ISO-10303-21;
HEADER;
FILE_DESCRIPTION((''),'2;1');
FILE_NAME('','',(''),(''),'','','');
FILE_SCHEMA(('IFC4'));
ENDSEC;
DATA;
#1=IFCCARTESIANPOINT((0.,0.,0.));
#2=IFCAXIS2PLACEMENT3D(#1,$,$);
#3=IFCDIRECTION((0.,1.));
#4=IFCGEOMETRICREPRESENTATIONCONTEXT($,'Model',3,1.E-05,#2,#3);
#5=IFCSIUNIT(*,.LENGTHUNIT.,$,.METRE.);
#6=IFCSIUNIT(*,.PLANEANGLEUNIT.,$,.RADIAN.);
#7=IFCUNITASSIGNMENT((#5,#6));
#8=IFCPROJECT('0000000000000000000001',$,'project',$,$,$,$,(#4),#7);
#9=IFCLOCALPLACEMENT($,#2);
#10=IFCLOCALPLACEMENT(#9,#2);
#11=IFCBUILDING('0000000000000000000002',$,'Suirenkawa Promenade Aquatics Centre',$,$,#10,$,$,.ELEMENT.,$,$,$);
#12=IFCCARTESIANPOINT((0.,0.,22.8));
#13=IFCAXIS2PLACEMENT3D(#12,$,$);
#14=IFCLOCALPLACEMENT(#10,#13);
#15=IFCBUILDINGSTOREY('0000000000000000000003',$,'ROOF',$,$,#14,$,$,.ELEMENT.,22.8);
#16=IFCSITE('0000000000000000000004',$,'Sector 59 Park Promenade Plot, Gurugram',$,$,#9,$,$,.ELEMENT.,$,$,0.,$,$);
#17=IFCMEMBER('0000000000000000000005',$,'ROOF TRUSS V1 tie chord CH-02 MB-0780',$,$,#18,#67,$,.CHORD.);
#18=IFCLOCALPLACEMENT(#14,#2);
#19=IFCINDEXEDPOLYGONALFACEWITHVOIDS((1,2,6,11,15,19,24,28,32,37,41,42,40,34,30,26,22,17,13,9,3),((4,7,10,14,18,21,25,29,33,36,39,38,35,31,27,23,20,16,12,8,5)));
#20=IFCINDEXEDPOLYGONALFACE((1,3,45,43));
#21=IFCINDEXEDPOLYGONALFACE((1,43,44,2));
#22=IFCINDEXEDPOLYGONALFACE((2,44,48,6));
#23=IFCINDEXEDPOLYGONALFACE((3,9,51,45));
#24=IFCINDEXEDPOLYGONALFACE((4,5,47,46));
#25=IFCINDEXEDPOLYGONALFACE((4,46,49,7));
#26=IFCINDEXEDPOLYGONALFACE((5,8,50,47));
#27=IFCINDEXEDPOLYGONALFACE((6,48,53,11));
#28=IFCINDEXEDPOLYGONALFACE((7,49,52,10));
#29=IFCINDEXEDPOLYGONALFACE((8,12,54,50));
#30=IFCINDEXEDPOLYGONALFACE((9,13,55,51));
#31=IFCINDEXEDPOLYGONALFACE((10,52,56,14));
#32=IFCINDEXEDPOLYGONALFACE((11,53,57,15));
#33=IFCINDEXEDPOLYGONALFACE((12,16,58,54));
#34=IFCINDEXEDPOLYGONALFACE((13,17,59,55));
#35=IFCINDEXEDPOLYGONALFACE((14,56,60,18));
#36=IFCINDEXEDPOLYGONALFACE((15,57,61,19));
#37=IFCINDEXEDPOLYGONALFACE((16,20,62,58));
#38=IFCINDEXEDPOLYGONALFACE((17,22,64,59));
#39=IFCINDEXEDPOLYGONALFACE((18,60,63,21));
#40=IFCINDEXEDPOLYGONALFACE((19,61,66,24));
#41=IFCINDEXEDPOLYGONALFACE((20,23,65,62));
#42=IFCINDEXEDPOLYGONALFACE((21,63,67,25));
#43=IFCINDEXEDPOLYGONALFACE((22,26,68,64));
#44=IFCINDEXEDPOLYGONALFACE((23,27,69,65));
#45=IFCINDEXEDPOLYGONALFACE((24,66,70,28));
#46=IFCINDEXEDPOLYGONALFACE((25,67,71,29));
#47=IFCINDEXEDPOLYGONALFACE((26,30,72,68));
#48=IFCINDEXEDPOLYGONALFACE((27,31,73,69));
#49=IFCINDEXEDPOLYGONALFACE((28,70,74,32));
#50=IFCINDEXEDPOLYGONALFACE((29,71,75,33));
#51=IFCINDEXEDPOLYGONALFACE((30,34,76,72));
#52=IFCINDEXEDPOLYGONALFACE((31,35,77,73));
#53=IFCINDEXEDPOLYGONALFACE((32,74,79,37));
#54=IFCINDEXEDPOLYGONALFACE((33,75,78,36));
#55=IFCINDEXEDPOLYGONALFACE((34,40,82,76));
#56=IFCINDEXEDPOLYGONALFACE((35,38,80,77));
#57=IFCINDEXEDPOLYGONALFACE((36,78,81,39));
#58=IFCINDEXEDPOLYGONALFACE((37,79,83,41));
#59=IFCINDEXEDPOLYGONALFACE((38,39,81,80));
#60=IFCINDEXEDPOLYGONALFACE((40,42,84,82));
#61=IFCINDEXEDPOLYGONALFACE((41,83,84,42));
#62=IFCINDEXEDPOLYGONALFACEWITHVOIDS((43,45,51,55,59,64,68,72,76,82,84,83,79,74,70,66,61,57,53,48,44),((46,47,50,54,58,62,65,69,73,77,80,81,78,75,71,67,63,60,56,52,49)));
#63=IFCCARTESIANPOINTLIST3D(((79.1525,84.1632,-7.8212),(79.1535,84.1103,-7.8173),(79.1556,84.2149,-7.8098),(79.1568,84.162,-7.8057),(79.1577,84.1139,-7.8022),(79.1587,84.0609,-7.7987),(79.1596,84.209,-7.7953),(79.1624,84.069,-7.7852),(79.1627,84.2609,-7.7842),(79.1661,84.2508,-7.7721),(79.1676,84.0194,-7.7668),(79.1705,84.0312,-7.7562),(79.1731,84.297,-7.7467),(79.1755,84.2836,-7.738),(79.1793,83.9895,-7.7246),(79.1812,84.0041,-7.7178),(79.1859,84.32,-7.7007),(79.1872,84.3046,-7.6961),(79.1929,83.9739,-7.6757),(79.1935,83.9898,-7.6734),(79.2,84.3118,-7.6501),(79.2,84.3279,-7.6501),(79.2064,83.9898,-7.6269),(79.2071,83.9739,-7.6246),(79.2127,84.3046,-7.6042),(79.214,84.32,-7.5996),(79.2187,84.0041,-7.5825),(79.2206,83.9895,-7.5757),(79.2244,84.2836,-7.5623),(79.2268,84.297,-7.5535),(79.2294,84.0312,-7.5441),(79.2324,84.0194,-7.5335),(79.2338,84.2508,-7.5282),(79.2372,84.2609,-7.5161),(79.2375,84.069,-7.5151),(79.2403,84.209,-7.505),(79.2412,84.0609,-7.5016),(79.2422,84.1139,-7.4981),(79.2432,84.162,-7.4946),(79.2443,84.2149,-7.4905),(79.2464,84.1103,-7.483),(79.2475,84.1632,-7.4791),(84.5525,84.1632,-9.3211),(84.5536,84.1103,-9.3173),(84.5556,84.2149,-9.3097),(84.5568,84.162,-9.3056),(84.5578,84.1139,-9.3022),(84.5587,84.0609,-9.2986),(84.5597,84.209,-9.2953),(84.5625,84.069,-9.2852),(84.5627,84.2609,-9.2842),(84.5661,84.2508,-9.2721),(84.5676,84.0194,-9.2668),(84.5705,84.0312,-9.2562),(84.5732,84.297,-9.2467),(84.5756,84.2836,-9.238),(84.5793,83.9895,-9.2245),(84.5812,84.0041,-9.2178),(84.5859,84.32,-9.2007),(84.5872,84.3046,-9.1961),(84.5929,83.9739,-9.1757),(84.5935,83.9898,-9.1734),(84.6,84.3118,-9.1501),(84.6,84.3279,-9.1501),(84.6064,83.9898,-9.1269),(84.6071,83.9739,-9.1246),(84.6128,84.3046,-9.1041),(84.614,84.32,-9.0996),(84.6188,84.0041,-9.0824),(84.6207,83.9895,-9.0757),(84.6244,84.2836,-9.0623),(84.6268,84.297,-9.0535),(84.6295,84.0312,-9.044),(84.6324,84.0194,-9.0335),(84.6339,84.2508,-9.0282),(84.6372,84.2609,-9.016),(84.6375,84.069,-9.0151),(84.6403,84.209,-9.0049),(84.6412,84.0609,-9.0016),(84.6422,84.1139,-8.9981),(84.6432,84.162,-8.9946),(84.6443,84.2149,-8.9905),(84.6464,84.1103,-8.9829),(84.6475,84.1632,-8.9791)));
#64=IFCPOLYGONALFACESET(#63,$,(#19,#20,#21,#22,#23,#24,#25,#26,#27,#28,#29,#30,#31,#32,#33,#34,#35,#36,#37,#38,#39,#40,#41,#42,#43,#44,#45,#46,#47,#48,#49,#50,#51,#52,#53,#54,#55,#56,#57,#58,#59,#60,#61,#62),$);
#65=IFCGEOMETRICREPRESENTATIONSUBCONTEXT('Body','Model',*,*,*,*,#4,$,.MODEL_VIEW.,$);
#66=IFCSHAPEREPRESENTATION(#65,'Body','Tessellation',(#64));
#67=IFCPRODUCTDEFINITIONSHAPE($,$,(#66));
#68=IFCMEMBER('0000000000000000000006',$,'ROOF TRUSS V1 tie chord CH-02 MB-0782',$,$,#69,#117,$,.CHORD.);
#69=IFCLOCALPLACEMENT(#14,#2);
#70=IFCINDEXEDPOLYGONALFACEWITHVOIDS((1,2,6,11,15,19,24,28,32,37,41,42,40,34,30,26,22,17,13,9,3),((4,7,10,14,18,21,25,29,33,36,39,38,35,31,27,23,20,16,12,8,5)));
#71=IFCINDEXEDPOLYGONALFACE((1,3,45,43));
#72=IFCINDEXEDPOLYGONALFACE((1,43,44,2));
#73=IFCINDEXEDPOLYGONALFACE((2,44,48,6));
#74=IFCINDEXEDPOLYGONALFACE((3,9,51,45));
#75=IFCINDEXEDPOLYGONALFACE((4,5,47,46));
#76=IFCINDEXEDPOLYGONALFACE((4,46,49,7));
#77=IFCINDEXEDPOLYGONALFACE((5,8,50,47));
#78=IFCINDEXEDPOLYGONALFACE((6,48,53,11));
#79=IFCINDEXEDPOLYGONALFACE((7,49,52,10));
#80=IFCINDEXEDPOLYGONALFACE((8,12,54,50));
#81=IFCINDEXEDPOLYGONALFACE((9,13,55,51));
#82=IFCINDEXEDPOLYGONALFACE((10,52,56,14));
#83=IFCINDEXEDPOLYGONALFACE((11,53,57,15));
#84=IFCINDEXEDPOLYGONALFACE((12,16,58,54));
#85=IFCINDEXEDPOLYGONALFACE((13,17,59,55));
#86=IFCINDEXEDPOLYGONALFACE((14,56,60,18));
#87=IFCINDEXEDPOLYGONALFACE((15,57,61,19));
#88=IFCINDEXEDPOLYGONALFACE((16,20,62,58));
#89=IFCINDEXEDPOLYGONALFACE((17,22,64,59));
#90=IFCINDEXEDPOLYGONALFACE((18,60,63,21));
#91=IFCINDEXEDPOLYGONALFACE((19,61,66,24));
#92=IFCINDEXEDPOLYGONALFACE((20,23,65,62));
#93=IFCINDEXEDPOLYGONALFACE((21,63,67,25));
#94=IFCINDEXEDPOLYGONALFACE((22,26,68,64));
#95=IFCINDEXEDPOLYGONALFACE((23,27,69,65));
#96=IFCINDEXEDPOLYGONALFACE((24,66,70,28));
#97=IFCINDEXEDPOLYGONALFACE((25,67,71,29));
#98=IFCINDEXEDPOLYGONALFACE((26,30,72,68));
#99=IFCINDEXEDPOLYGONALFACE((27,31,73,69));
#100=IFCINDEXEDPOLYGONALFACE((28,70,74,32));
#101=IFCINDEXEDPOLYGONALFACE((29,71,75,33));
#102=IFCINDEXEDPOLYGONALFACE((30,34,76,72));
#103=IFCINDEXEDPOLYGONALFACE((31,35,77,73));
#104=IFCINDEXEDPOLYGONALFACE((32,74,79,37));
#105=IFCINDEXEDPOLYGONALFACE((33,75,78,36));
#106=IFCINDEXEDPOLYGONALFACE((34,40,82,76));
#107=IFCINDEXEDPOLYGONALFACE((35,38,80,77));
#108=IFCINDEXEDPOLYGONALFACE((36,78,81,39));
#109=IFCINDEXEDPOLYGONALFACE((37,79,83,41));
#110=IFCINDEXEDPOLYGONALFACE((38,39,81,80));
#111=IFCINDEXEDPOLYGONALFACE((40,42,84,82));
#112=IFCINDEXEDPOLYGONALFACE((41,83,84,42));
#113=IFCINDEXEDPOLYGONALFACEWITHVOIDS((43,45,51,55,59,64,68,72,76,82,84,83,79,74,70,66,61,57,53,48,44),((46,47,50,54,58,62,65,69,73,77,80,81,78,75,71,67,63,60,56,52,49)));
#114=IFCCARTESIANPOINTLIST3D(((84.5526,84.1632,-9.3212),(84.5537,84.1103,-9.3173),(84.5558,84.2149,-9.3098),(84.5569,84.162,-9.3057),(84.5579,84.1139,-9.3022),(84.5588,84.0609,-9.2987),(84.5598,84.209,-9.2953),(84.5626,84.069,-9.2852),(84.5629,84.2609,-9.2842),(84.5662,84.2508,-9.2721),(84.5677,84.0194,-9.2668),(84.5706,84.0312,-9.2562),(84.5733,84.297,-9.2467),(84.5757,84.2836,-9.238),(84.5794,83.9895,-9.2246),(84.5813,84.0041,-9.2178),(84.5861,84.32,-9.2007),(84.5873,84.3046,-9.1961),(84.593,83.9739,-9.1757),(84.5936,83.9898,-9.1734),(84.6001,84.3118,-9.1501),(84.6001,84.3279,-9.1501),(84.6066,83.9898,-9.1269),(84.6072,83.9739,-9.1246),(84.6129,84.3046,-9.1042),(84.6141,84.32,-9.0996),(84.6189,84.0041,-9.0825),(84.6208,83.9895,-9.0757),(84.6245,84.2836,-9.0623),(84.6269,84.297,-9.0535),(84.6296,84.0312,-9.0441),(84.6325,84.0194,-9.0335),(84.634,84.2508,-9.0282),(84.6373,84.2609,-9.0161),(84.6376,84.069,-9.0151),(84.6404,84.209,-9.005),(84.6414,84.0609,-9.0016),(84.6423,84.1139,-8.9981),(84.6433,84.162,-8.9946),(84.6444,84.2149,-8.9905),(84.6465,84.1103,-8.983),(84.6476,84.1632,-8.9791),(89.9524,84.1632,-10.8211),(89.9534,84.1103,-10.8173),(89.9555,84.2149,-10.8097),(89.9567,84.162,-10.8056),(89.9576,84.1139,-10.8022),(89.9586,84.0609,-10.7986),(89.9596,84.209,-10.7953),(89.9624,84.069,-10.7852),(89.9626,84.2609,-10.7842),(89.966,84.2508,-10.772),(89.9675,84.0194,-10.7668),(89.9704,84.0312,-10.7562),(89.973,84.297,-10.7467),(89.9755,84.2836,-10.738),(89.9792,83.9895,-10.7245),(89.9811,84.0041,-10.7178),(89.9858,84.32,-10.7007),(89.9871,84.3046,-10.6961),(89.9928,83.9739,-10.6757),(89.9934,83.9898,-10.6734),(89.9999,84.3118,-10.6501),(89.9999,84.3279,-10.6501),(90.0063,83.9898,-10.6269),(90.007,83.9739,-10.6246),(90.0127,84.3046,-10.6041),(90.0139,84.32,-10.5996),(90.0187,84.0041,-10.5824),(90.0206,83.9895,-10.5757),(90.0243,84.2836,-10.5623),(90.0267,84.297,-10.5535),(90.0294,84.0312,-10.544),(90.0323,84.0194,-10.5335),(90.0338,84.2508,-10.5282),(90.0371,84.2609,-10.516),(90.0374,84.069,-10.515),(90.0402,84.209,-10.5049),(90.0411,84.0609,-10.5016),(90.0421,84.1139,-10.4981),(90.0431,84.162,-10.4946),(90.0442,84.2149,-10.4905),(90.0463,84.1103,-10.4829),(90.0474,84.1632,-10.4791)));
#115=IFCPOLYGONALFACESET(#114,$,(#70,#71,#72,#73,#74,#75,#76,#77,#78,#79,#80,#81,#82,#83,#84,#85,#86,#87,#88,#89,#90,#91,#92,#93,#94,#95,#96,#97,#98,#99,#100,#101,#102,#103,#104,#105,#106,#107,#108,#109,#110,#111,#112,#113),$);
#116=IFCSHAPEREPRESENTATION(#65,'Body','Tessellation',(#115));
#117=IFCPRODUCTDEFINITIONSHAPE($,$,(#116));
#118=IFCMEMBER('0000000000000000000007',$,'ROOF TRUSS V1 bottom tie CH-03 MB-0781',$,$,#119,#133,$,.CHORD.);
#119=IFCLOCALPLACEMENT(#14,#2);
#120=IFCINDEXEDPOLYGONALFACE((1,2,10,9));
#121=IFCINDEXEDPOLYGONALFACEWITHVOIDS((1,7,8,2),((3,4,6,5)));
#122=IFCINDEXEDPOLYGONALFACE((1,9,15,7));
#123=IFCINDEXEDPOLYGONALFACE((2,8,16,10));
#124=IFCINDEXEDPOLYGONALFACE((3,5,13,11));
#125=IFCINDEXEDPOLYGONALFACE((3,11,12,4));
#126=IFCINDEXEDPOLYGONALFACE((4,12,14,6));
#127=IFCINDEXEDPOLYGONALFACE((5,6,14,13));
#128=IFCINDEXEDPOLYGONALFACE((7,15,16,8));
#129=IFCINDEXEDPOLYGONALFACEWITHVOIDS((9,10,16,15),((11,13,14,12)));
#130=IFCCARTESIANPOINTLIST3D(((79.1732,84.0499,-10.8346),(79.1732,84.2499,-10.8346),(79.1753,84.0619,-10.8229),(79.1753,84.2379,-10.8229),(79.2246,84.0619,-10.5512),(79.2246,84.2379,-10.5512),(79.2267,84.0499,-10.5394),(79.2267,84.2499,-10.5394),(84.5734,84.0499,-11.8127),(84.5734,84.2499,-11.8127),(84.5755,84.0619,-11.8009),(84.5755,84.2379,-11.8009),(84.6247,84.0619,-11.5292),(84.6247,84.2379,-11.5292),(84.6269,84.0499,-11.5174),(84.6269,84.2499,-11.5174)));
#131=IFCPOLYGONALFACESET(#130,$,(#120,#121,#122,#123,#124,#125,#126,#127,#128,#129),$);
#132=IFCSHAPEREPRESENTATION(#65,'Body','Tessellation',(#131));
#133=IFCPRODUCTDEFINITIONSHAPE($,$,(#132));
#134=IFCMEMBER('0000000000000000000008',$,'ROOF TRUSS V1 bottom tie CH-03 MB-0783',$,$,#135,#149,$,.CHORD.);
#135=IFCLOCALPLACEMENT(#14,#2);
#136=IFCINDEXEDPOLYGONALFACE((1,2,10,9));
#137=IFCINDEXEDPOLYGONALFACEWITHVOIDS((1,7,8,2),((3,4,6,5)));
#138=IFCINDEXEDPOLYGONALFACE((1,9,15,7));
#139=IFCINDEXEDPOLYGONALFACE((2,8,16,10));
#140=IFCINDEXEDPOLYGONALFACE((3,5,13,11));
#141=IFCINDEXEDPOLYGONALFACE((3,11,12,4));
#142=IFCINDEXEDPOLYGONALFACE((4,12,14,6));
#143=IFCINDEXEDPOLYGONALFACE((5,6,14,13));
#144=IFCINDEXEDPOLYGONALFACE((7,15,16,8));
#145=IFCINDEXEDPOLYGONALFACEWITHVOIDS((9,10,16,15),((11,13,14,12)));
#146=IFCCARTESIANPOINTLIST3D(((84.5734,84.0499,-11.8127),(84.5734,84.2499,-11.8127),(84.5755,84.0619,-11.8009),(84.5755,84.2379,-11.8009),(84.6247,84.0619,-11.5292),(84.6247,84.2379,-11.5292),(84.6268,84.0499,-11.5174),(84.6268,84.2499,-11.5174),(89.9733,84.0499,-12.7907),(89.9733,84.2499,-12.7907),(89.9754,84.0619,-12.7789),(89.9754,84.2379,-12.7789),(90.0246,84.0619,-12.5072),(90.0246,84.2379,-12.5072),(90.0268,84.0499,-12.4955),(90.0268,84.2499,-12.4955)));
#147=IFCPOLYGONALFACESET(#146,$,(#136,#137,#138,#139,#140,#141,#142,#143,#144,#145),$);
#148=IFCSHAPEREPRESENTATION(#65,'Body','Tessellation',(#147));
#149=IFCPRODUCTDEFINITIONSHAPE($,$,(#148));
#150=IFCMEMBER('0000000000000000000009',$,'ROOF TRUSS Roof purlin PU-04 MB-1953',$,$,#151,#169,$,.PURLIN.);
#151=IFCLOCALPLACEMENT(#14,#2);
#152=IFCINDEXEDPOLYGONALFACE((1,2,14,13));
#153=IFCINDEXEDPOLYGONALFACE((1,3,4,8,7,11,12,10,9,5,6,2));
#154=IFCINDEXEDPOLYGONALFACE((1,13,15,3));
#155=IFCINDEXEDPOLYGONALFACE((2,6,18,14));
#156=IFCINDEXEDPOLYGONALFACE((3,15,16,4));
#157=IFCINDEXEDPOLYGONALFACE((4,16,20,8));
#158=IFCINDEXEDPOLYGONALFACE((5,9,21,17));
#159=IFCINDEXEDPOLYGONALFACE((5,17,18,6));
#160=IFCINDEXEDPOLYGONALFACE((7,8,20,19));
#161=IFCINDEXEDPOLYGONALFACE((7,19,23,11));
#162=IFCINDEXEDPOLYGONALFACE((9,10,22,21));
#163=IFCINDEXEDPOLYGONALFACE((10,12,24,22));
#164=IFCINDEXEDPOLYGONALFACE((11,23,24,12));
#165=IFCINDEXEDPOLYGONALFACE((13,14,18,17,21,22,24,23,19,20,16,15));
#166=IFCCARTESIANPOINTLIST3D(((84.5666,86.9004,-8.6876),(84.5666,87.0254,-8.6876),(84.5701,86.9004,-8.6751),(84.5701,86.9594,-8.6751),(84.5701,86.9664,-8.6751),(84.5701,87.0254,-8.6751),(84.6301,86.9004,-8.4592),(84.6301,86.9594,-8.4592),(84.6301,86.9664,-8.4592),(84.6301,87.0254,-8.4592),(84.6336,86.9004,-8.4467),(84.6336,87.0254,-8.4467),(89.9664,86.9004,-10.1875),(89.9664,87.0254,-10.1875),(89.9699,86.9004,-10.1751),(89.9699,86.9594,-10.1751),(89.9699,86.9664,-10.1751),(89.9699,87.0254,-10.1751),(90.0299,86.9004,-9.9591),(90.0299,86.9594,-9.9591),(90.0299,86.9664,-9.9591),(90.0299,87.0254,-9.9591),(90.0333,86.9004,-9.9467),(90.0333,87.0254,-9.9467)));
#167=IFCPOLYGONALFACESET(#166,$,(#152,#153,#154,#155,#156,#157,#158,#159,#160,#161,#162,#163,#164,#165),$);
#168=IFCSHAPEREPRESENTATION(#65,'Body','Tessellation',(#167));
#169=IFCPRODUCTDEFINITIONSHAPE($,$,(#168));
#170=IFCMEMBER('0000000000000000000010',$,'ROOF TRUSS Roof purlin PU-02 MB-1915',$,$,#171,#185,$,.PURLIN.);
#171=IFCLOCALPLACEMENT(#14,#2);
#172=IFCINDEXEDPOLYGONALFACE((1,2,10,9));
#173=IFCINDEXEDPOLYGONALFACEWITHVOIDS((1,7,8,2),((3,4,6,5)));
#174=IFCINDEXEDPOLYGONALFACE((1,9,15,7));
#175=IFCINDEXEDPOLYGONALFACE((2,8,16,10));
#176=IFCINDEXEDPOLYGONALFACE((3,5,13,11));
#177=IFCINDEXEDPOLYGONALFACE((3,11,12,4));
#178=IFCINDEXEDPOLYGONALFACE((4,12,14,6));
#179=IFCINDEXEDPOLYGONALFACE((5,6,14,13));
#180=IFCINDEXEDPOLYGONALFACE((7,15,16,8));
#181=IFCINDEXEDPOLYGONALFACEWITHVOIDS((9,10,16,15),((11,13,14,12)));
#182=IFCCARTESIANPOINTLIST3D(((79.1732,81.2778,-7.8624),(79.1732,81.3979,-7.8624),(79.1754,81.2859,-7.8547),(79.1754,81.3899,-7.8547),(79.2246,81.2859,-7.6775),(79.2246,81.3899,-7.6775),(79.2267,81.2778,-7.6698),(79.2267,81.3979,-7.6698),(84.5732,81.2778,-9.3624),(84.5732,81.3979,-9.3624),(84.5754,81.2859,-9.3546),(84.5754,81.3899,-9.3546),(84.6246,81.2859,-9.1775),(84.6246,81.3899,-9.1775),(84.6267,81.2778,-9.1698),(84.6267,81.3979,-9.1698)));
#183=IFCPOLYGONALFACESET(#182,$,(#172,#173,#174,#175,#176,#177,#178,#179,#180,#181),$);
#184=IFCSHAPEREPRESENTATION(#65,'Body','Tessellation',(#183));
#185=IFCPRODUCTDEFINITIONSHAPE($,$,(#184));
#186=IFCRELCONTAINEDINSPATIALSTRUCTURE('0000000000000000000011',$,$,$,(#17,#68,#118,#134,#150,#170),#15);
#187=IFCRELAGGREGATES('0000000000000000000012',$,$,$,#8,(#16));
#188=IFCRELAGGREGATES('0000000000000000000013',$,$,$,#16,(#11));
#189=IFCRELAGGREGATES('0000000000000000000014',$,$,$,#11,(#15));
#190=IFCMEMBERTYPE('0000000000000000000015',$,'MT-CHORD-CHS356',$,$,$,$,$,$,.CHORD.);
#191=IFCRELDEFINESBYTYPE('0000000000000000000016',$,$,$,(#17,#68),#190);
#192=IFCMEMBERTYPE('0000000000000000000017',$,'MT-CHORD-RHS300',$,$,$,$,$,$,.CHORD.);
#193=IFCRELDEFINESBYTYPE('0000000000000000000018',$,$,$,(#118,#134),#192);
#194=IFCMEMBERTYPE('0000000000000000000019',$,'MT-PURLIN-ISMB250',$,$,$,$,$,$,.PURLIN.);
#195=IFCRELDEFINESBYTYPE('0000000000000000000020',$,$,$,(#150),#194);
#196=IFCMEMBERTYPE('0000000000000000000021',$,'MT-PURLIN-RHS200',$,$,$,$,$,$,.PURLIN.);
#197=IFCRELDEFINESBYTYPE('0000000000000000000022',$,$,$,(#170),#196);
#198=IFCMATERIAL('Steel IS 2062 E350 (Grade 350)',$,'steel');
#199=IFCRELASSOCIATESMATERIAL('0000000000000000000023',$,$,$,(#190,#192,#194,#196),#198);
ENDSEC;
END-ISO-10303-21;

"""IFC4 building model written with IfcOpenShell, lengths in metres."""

from ifc_helpers import new_model, si_unit, direction, frame, origin, origin_2d, place, context, subcontext, project, spatial, hollow_rectangle, hollow_circle, i_section, extrude, material, material_profile, profile_set, type_object, element, save


model = new_model("IFC4")

# Units and contexts
model_context = context("Model", 3, precision=1e-05, world=origin(), true_north=direction((0.0, 1.0)))
body_context = subcontext(model_context, "Body", "Model", "MODEL_VIEW")
ifc_project = project(units=[si_unit("LENGTHUNIT", "METRE"), si_unit("PLANEANGLEUNIT", "RADIAN")], contexts=[model_context])

# Site, building, storey
site_placement = place(None, origin())
site = spatial("IfcSite", under=ifc_project, at=site_placement, Name="Sector 59 Park Promenade Plot, Gurugram", CompositionType="ELEMENT", RefElevation=0.0)
building_placement = place(site_placement, origin())
building = spatial("IfcBuilding", under=site, at=building_placement, Name="Suirenkawa Promenade Aquatics Centre", CompositionType="ELEMENT")
storey_placement = place(building_placement, frame((0.0, 0.0, 22.8)))
storey = spatial("IfcBuildingStorey", under=building, at=storey_placement, Name="ROOF", CompositionType="ELEMENT", Elevation=22.8)

# Shared definitions
ifc_material = material(Name="Steel IS 2062 E350 (Grade 350)", Category="steel")

# Members
ifc_material_profile_1 = material_profile(ifc_material, hollow_circle(Radius=0.178, WallThickness=0.0161, at=origin_2d()), Name="CHS 356x16", Category="steel")
ifc_profile_set_1 = profile_set([ifc_material_profile_1], Name="Steel IS 2062 E350 (Grade 350)")
member_type_1 = type_object("IfcMemberType", Name="MT-CHORD-CHS356", PredefinedType="CHORD", material=ifc_profile_set_1)
member_1_placement = place(storey_placement, frame((79.2, 84.1499, -7.6501), z_axis=(0.96352, 0.0, -0.267637), x_axis=(0.0, 1.0, 0.0)))
element("IfcMember", 1, at=member_1_placement, inside=storey, type_object=member_type_1, Name="ROOF TRUSS V1 tie chord CH-02 MB-0780", PredefinedType="CHORD", context=body_context, shape_type="SweptSolid", body=[
    extrude(hollow_circle(Radius=0.178, WallThickness=0.0161, at=origin_2d()), origin(), (0.0, 0.0, 1.0), 5.6045),
])
member_2_placement = place(storey_placement, frame((84.6001, 84.1499, -9.1501), z_axis=(0.963517, 0.0, -0.267648), x_axis=(0.0, 1.0, 0.0)))
element("IfcMember", 2, at=member_2_placement, inside=storey, type_object=member_type_1, Name="ROOF TRUSS V1 tie chord CH-02 MB-0782", PredefinedType="CHORD", context=body_context, shape_type="SweptSolid", body=[
    extrude(hollow_circle(Radius=0.178, WallThickness=0.0161, at=origin_2d()), origin(), (0.0, 0.0, 1.0), 5.6042),
])
ifc_material_profile_2 = material_profile(ifc_material, hollow_rectangle(XDim=0.2, YDim=0.3, WallThickness=0.012, at=origin_2d()), Name="RHS 300x200x12", Category="steel")
ifc_profile_set_2 = profile_set([ifc_material_profile_2], Name="Steel IS 2062 E350 (Grade 350)")
member_type_2 = type_object("IfcMemberType", Name="MT-CHORD-RHS300", PredefinedType="CHORD", material=ifc_profile_set_2)
member_3_placement = place(storey_placement, frame((79.2, 84.1499, -10.687), z_axis=(0.983992, 0.0, -0.178212), x_axis=(0.0, 1.0, 0.0)))
element("IfcMember", 3, at=member_3_placement, inside=storey, type_object=member_type_2, Name="ROOF TRUSS V1 bottom tie CH-03 MB-0781", PredefinedType="CHORD", context=body_context, shape_type="SweptSolid", body=[
    extrude(hollow_rectangle(XDim=0.2, YDim=0.3, WallThickness=0.012, at=origin_2d()), origin(), (0.0, 0.0, 1.0), 5.488),
])
member_4_placement = place(storey_placement, frame((84.6001, 84.1499, -11.665), z_axis=(0.983991, 0.0, -0.17822), x_axis=(0.0, 1.0, 0.0)))
element("IfcMember", 4, at=member_4_placement, inside=storey, type_object=member_type_2, Name="ROOF TRUSS V1 bottom tie CH-03 MB-0783", PredefinedType="CHORD", context=body_context, shape_type="SweptSolid", body=[
    extrude(hollow_rectangle(XDim=0.2, YDim=0.3, WallThickness=0.012, at=origin_2d()), origin(), (0.0, 0.0, 1.0), 5.4878),
])
ifc_material_profile_3 = material_profile(ifc_material, i_section(OverallWidth=0.125, OverallDepth=0.25, WebThickness=0.0071, FlangeThickness=0.0129, at=origin_2d()), Name="ISMB 250", Category="steel")
ifc_profile_set_3 = profile_set([ifc_material_profile_3], Name="Steel IS 2062 E350 (Grade 350)")
member_type_3 = type_object("IfcMemberType", Name="MT-PURLIN-ISMB250", PredefinedType="PURLIN", material=ifc_profile_set_3)
member_5_placement = place(storey_placement, frame((84.6001, 86.9629, -8.5671), z_axis=(0.963517, 0.0, -0.267648), x_axis=(0.0, 1.0, 0.0)))
element("IfcMember", 5, at=member_5_placement, inside=storey, type_object=member_type_3, Name="ROOF TRUSS Roof purlin PU-04 MB-1953", PredefinedType="PURLIN", context=body_context, shape_type="SweptSolid", body=[
    extrude(i_section(OverallWidth=0.125, OverallDepth=0.25, WebThickness=0.0071, FlangeThickness=0.0129, at=origin_2d()), origin(), (0.0, 0.0, 1.0), 5.6042),
])
ifc_material_profile_4 = material_profile(ifc_material, hollow_rectangle(XDim=0.1201, YDim=0.2, WallThickness=0.0081, at=origin_2d()), Name="RHS 200x120x8", Category="steel")
ifc_profile_set_4 = profile_set([ifc_material_profile_4], Name="Steel IS 2062 E350 (Grade 350)")
member_type_4 = type_object("IfcMemberType", Name="MT-PURLIN-RHS200", PredefinedType="PURLIN", material=ifc_profile_set_4)
member_6_placement = place(storey_placement, frame((79.2, 81.3379, -7.7661), z_axis=(0.96352, 0.0, -0.267637), x_axis=(0.0, 1.0, 0.0)))
element("IfcMember", 6, at=member_6_placement, inside=storey, type_object=member_type_4, Name="ROOF TRUSS Roof purlin PU-02 MB-1915", PredefinedType="PURLIN", context=body_context, shape_type="SweptSolid", body=[
    extrude(hollow_rectangle(XDim=0.1201, YDim=0.2, WallThickness=0.0081, at=origin_2d()), origin(), (0.0, 0.0, 1.0), 5.6045),
])

save(model, "model.ifc")
